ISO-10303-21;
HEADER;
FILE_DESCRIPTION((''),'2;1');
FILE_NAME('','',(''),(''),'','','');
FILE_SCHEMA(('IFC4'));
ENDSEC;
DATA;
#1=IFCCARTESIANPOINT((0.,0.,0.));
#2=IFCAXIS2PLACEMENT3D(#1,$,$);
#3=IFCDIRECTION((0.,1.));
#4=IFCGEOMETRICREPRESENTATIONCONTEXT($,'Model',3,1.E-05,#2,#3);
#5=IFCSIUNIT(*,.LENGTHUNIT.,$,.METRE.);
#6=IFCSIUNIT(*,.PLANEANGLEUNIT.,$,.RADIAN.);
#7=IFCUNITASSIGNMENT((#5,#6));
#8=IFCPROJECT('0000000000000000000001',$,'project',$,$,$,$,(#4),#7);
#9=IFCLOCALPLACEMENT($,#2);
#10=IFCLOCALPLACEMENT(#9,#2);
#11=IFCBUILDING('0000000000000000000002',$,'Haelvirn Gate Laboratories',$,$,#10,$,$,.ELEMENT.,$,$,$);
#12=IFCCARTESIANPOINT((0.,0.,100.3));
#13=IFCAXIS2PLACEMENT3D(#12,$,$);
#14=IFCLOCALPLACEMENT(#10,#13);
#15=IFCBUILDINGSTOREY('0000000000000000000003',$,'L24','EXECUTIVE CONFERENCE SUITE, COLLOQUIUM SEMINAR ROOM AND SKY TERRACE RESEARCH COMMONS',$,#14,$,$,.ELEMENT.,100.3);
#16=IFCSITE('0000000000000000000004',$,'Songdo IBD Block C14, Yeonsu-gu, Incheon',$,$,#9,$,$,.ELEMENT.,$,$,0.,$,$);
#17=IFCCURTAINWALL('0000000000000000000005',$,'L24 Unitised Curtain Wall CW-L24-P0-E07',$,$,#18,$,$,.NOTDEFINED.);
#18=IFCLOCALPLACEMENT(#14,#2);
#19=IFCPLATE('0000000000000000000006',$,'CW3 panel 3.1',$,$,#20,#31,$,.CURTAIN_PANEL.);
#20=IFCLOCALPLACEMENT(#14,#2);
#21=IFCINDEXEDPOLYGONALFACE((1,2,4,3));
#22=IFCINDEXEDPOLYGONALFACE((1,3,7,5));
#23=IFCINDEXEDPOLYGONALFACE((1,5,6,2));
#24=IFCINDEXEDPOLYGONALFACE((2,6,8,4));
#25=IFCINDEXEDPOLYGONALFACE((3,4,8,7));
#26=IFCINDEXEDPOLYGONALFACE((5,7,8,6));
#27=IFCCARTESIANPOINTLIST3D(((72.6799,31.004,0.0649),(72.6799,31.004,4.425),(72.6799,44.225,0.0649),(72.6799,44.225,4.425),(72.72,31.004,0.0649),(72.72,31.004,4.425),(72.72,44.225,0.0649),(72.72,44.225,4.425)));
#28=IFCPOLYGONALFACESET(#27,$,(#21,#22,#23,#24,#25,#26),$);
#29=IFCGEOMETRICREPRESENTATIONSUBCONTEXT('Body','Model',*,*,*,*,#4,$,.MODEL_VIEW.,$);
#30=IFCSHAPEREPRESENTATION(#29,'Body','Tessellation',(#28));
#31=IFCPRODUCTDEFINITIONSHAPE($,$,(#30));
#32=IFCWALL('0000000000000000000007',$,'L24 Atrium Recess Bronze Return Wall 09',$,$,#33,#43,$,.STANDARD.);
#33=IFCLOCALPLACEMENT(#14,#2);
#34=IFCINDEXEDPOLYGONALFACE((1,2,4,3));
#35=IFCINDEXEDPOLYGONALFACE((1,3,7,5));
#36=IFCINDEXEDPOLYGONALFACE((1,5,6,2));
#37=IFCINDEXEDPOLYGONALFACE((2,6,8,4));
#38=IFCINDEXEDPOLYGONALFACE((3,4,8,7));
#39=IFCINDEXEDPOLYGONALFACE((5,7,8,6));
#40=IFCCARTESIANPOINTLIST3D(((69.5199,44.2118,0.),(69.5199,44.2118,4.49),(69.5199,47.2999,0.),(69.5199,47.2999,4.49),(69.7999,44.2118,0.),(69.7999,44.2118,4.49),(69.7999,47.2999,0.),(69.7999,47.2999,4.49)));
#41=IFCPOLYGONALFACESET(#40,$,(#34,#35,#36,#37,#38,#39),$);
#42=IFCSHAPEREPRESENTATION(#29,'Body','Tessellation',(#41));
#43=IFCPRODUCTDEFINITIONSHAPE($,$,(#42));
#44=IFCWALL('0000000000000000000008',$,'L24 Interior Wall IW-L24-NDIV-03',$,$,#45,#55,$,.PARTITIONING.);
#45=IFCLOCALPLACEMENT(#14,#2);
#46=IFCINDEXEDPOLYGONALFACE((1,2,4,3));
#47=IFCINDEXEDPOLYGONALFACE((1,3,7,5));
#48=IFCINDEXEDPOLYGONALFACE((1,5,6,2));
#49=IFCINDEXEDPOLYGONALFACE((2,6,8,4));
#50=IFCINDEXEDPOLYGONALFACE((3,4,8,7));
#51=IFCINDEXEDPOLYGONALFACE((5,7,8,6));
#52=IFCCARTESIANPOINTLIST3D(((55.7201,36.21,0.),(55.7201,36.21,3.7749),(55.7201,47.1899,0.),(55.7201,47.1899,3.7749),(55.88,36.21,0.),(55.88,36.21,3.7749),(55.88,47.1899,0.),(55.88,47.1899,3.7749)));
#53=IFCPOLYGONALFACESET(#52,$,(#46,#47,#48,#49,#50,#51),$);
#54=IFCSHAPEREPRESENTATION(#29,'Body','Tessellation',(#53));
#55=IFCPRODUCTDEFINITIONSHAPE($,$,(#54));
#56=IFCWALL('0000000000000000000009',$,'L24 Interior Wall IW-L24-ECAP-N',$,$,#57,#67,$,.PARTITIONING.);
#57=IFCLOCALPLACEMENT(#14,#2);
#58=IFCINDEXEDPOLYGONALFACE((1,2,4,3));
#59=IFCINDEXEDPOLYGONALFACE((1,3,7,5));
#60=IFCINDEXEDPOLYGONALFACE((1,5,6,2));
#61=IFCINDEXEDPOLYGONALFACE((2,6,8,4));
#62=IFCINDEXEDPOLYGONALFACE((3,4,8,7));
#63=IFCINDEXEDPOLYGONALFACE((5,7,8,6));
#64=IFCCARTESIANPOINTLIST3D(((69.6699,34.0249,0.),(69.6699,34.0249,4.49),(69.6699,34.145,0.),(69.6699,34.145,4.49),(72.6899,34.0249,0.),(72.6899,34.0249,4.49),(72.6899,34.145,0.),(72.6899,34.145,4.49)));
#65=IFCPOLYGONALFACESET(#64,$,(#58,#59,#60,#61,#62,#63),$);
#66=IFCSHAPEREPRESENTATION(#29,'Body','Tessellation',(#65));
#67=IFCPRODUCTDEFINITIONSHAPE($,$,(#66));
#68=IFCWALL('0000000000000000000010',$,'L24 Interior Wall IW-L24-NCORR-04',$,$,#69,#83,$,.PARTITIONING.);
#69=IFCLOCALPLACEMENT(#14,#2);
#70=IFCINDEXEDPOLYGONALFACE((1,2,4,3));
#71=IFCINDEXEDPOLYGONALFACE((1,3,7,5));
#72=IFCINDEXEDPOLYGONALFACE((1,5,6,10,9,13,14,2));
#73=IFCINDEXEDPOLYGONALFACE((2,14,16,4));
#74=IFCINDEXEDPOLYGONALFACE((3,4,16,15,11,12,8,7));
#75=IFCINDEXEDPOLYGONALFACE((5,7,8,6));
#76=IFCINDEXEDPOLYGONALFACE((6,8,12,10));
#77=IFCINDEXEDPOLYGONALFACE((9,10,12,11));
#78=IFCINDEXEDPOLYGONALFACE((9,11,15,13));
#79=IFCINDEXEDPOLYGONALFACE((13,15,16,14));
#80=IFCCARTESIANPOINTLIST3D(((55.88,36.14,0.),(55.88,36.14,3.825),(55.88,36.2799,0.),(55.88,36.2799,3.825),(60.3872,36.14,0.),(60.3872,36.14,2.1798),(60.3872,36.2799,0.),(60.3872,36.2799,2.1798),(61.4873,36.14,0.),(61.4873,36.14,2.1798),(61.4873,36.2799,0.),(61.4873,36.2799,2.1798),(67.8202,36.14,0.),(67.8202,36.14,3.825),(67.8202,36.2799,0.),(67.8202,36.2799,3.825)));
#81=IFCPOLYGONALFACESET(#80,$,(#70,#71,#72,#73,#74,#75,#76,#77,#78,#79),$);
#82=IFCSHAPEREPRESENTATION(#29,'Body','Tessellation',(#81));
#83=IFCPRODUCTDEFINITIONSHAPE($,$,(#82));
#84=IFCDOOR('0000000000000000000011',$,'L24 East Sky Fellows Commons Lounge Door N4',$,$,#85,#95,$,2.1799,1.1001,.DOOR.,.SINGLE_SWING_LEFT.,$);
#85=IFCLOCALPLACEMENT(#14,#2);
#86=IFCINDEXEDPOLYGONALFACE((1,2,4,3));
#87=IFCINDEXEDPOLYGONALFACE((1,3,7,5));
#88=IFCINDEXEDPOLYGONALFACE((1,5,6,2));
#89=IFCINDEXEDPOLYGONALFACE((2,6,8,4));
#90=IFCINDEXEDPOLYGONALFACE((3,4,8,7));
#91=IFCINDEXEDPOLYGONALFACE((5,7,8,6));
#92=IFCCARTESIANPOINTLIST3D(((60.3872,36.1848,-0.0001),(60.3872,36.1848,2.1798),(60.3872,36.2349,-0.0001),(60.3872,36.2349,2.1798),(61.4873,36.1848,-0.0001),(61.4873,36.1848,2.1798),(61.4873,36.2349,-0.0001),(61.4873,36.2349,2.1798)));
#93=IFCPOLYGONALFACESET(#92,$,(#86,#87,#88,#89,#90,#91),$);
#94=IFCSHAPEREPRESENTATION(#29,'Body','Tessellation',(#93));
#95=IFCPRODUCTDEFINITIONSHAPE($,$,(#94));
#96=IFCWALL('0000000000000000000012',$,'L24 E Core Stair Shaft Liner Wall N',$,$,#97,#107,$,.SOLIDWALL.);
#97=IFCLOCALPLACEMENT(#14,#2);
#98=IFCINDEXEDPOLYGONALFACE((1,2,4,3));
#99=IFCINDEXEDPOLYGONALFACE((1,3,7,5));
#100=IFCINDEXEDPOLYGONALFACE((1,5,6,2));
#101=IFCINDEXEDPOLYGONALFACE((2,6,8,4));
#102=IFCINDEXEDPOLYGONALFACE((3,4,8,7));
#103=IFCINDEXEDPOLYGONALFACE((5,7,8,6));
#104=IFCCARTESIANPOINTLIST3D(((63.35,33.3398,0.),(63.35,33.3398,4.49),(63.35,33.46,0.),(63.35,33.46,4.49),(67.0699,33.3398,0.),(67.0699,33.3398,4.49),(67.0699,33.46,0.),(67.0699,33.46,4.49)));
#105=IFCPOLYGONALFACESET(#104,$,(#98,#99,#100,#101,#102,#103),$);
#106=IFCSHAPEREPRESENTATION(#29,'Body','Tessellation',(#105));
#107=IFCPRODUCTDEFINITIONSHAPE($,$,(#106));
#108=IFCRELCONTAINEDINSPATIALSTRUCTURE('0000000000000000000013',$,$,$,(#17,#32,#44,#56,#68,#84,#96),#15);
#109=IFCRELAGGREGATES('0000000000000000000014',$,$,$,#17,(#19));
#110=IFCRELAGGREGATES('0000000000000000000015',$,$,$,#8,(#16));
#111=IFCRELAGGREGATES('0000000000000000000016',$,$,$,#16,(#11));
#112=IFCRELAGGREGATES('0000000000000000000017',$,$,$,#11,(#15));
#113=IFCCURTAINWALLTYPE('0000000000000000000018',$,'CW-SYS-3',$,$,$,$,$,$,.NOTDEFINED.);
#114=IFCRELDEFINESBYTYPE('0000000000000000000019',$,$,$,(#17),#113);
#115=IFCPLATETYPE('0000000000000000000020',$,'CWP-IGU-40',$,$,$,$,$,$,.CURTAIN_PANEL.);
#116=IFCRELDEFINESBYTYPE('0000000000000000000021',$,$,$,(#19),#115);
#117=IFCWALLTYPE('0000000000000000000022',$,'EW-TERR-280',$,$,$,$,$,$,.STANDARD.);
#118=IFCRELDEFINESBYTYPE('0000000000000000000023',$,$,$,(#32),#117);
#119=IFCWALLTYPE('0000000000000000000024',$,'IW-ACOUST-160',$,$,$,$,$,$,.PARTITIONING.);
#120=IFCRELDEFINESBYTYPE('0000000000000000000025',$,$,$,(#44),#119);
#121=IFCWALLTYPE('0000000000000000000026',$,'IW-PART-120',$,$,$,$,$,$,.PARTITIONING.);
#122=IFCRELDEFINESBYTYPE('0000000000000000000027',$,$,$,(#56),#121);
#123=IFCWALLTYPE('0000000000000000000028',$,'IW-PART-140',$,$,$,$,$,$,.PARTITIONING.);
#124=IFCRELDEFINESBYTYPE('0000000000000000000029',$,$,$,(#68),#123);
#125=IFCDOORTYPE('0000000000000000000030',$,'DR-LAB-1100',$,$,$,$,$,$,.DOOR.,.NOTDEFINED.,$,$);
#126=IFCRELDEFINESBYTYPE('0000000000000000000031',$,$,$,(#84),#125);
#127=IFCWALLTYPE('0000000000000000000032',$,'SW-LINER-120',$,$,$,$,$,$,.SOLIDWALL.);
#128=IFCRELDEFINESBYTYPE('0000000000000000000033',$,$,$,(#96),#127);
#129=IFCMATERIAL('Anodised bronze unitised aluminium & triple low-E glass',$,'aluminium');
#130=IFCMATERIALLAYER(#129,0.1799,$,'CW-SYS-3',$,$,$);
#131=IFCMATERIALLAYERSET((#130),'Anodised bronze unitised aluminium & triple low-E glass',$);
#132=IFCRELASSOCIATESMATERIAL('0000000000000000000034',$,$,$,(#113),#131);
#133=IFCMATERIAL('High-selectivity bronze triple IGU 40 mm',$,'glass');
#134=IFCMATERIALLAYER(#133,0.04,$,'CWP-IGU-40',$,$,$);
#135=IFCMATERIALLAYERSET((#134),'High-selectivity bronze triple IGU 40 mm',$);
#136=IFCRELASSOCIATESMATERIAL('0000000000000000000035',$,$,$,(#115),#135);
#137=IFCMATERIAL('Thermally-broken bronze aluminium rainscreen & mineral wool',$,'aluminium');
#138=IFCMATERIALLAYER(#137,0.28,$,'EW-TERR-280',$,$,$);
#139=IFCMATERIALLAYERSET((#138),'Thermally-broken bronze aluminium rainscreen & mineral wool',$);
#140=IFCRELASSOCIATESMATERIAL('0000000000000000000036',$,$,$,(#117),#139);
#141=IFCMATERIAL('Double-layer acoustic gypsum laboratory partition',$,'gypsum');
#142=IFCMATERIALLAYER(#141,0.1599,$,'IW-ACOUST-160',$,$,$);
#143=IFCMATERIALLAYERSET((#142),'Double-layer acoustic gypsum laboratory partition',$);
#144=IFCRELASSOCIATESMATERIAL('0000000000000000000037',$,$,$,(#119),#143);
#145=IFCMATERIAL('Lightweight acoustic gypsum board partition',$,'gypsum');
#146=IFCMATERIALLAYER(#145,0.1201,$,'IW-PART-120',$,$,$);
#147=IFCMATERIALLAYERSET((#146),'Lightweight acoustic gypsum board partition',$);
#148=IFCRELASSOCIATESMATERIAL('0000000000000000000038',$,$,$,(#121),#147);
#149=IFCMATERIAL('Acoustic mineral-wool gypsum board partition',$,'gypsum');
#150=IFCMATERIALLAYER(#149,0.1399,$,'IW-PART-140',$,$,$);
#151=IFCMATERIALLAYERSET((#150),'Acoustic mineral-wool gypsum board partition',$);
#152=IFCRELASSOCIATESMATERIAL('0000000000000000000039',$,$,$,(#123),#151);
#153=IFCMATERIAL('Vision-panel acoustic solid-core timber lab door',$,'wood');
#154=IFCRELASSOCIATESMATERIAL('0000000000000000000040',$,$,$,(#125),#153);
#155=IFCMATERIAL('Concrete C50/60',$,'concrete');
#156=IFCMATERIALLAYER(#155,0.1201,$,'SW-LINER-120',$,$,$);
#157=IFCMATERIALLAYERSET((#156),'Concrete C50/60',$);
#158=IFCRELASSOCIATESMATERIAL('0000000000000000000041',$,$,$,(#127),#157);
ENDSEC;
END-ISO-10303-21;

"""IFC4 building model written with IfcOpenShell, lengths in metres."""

from ifc_helpers import new_model, si_unit, direction, frame, frame_2d, origin, origin_2d, place, context, subcontext, project, spatial, rectangle, extrude, source, transform, mapped, material, layer, layer_set, type_object, type_shapes, element, fill, aggregate, save


model = new_model("IFC4")

# Units and contexts
model_context = context("Model", 3, precision=1e-05, world=origin(), true_north=direction((0.0, 1.0)))
body_context = subcontext(model_context, "Body", "Model", "MODEL_VIEW")
ifc_project = project(units=[si_unit("LENGTHUNIT", "METRE"), si_unit("PLANEANGLEUNIT", "RADIAN")], contexts=[model_context])

# Site, building, storey
site_placement = place(None, origin())
site = spatial("IfcSite", under=ifc_project, at=site_placement, Name="Songdo IBD Block C14, Yeonsu-gu, Incheon", CompositionType="ELEMENT", RefElevation=0.0)
building_placement = place(site_placement, origin())
building = spatial("IfcBuilding", under=site, at=building_placement, Name="Haelvirn Gate Laboratories", CompositionType="ELEMENT")
storey_placement = place(building_placement, frame((0.0, 0.0, 100.3)))
storey = spatial("IfcBuildingStorey", under=building, at=storey_placement, Name="L24", Description="EXECUTIVE CONFERENCE SUITE, COLLOQUIUM SEMINAR ROOM AND SKY TERRACE RESEARCH COMMONS", CompositionType="ELEMENT", Elevation=100.3)

# Shared definitions
ifc_material_1 = material(Name="Concrete C50/60", Category="concrete")

# Curtain wall
ifc_material_2 = material(Name="Anodised bronze unitised aluminium & triple low-E glass", Category="aluminium")
ifc_layer_1 = layer(ifc_material_2, 0.1799, Name="CW-SYS-3")
ifc_layer_set_1 = layer_set([ifc_layer_1], Name="Anodised bronze unitised aluminium & triple low-E glass")
curtain_wall_type_1 = type_object("IfcCurtainWallType", Name="CW-SYS-3", PredefinedType="NOTDEFINED", material=ifc_layer_set_1)
curtain_wall_1_placement = place(storey_placement, origin())
curtain_wall_1 = element("IfcCurtainWall", 1, at=curtain_wall_1_placement, inside=storey, type_object=curtain_wall_type_1, Name="L24 Unitised Curtain Wall CW-L24-P0-E07", PredefinedType="NOTDEFINED")

# Plate
ifc_material_3 = material(Name="High-selectivity bronze triple IGU 40 mm", Category="glass")
ifc_layer_2 = layer(ifc_material_3, 0.04, Name="CWP-IGU-40")
ifc_layer_set_2 = layer_set([ifc_layer_2], Name="High-selectivity bronze triple IGU 40 mm")
plate_type_1 = type_object("IfcPlateType", Name="CWP-IGU-40", PredefinedType="CURTAIN_PANEL", material=ifc_layer_set_2)
shared_shape_1 = source(origin(), body_context, "Body", "SweptSolid", [
    extrude(rectangle(XDim=13.2209, YDim=0.04, at=origin_2d()), origin(), (0.0, 0.0, 1.0), 4.3601),
])
plate_1_placement = place(storey_placement, frame((72.7, 37.6145, 0.0649), z_axis=(0.0, 0.0, 1.0), x_axis=(0.0, 1.0, 0.0)))
plate_1 = element("IfcPlate", 2, at=plate_1_placement, type_object=plate_type_1, Name="CW3 panel 3.1", PredefinedType="CURTAIN_PANEL", context=body_context, shape_type="MappedRepresentation", body=[
    mapped(shared_shape_1, transform((0.0, 0.0, 0.0), scale=1.0)),
])
aggregate(curtain_wall_1, [plate_1])

# Walls
ifc_material_4 = material(Name="Thermally-broken bronze aluminium rainscreen & mineral wool", Category="aluminium")
ifc_layer_3 = layer(ifc_material_4, 0.28, Name="EW-TERR-280")
ifc_layer_set_3 = layer_set([ifc_layer_3], Name="Thermally-broken bronze aluminium rainscreen & mineral wool")
wall_type_1 = type_object("IfcWallType", Name="EW-TERR-280", PredefinedType="STANDARD", material=ifc_layer_set_3)
wall_1_placement = place(storey_placement, frame((69.6599, 44.2119, 0.0), z_axis=(0.0, 0.0, 1.0), x_axis=(0.0, 1.0, 0.0)))
element("IfcWall", 3, at=wall_1_placement, inside=storey, type_object=wall_type_1, Name="L24 Atrium Recess Bronze Return Wall 09", PredefinedType="STANDARD", context=body_context, shape_type="SweptSolid", body=[
    extrude(rectangle(XDim=3.0881, YDim=0.28, at=frame_2d((1.5439, 0.0))), origin(), (0.0, 0.0, 1.0), 4.49),
])
ifc_material_5 = material(Name="Double-layer acoustic gypsum laboratory partition", Category="gypsum")
ifc_layer_4 = layer(ifc_material_5, 0.1599, Name="IW-ACOUST-160")
ifc_layer_set_4 = layer_set([ifc_layer_4], Name="Double-layer acoustic gypsum laboratory partition")
wall_type_2 = type_object("IfcWallType", Name="IW-ACOUST-160", PredefinedType="PARTITIONING", material=ifc_layer_set_4)
wall_2_placement = place(storey_placement, frame((55.8, 36.21, 0.0), z_axis=(0.0, 0.0, 1.0), x_axis=(0.0, 1.0, 0.0)))
element("IfcWall", 4, at=wall_2_placement, inside=storey, type_object=wall_type_2, Name="L24 Interior Wall IW-L24-NDIV-03", PredefinedType="PARTITIONING", context=body_context, shape_type="SweptSolid", body=[
    extrude(rectangle(XDim=10.98, YDim=0.1599, at=frame_2d((5.49, 0.0))), origin(), (0.0, 0.0, 1.0), 3.7749),
])
ifc_material_6 = material(Name="Lightweight acoustic gypsum board partition", Category="gypsum")
ifc_layer_5 = layer(ifc_material_6, 0.1201, Name="IW-PART-120")
ifc_layer_set_5 = layer_set([ifc_layer_5], Name="Lightweight acoustic gypsum board partition")
wall_type_3 = type_object("IfcWallType", Name="IW-PART-120", PredefinedType="PARTITIONING", material=ifc_layer_set_5)
wall_3_placement = place(storey_placement, frame((69.6699, 34.085, 0.0), z_axis=(0.0, 0.0, 1.0), x_axis=(1.0, 0.0, 0.0)))
element("IfcWall", 5, at=wall_3_placement, inside=storey, type_object=wall_type_3, Name="L24 Interior Wall IW-L24-ECAP-N", PredefinedType="PARTITIONING", context=body_context, shape_type="SweptSolid", body=[
    extrude(rectangle(XDim=3.02, YDim=0.1201, at=frame_2d((1.51, 0.0))), origin(), (0.0, 0.0, 1.0), 4.49),
])

# Wall, opening, door
ifc_material_7 = material(Name="Acoustic mineral-wool gypsum board partition", Category="gypsum")
ifc_layer_6 = layer(ifc_material_7, 0.1399, Name="IW-PART-140")
ifc_layer_set_6 = layer_set([ifc_layer_6], Name="Acoustic mineral-wool gypsum board partition")
wall_type_4 = type_object("IfcWallType", Name="IW-PART-140", PredefinedType="PARTITIONING", material=ifc_layer_set_6)
wall_4_placement = place(storey_placement, frame((55.8799, 36.21, 0.0), z_axis=(0.0, 0.0, 1.0), x_axis=(1.0, 0.0, 0.0)))
wall_4 = element("IfcWall", 6, at=wall_4_placement, inside=storey, type_object=wall_type_4, Name="L24 Interior Wall IW-L24-NCORR-04", PredefinedType="PARTITIONING", context=body_context, shape_type="SweptSolid", body=[
    extrude(rectangle(XDim=11.9402, YDim=0.1399, at=frame_2d((5.9702, 0.0))), origin(), (0.0, 0.0, 1.0), 3.825),
])
opening_placement = place(wall_4_placement, frame((4.5073, 0.0, 0.0)))
opening = element("IfcOpeningElement", 7, at=opening_placement, cuts=wall_4, PredefinedType="OPENING", context=body_context, shape_type="SweptSolid", body=[
    extrude(rectangle(XDim=1.1001, YDim=2.1799, at=frame_2d((0.55, 1.0898))), frame((0.0, 0.0801, 0.0), z_axis=(0.0, -1.0, 0.0), x_axis=(1.0, 0.0, 0.0)), (0.0, 0.0, 1.0), 0.1599),
])
ifc_material_8 = material(Name="Vision-panel acoustic solid-core timber lab door", Category="wood")
door_type = type_object("IfcDoorType", Name="DR-LAB-1100", OperationType="NOTDEFINED", PredefinedType="DOOR", material=ifc_material_8)
shared_shape_2 = source(origin(), body_context, "Body", "SweptSolid", [
    extrude(rectangle(XDim=1.1001, YDim=2.1799, at=frame_2d((0.55, 1.0898))), frame((0.0, 0.0249, 0.0), z_axis=(0.0, -1.0, 0.0), x_axis=(1.0, 0.0, 0.0)), (0.0, 0.0, 1.0), 0.05),
])
type_shapes(door_type, [shared_shape_2])
door_placement = place(opening_placement, origin())
door = element("IfcDoor", 8, at=door_placement, inside=storey, type_object=door_type, Name="L24 East Sky Fellows Commons Lounge Door N4", OperationType="SINGLE_SWING_LEFT", OverallHeight=2.1799, OverallWidth=1.1001, PredefinedType="DOOR", context=body_context, shape_type="MappedRepresentation", body=[
    mapped(shared_shape_2, transform((0.0, 0.0, 0.0), scale=1.0)),
])
fill(opening, door)

# Wall
ifc_layer_7 = layer(ifc_material_1, 0.1201, Name="SW-LINER-120")
ifc_layer_set_7 = layer_set([ifc_layer_7], Name="Concrete C50/60")
wall_type_5 = type_object("IfcWallType", Name="SW-LINER-120", PredefinedType="SOLIDWALL", material=ifc_layer_set_7)
wall_5_placement = place(storey_placement, frame((63.3501, 33.3999, 0.0), z_axis=(0.0, 0.0, 1.0), x_axis=(1.0, 0.0, 0.0)))
element("IfcWall", 9, at=wall_5_placement, inside=storey, type_object=wall_type_5, Name="L24 E Core Stair Shaft Liner Wall N", PredefinedType="SOLIDWALL", context=body_context, shape_type="SweptSolid", body=[
    extrude(rectangle(XDim=3.72, YDim=0.1201, at=frame_2d((1.8599, 0.0))), origin(), (0.0, 0.0, 1.0), 4.49),
])

save(model, "model.ifc")
